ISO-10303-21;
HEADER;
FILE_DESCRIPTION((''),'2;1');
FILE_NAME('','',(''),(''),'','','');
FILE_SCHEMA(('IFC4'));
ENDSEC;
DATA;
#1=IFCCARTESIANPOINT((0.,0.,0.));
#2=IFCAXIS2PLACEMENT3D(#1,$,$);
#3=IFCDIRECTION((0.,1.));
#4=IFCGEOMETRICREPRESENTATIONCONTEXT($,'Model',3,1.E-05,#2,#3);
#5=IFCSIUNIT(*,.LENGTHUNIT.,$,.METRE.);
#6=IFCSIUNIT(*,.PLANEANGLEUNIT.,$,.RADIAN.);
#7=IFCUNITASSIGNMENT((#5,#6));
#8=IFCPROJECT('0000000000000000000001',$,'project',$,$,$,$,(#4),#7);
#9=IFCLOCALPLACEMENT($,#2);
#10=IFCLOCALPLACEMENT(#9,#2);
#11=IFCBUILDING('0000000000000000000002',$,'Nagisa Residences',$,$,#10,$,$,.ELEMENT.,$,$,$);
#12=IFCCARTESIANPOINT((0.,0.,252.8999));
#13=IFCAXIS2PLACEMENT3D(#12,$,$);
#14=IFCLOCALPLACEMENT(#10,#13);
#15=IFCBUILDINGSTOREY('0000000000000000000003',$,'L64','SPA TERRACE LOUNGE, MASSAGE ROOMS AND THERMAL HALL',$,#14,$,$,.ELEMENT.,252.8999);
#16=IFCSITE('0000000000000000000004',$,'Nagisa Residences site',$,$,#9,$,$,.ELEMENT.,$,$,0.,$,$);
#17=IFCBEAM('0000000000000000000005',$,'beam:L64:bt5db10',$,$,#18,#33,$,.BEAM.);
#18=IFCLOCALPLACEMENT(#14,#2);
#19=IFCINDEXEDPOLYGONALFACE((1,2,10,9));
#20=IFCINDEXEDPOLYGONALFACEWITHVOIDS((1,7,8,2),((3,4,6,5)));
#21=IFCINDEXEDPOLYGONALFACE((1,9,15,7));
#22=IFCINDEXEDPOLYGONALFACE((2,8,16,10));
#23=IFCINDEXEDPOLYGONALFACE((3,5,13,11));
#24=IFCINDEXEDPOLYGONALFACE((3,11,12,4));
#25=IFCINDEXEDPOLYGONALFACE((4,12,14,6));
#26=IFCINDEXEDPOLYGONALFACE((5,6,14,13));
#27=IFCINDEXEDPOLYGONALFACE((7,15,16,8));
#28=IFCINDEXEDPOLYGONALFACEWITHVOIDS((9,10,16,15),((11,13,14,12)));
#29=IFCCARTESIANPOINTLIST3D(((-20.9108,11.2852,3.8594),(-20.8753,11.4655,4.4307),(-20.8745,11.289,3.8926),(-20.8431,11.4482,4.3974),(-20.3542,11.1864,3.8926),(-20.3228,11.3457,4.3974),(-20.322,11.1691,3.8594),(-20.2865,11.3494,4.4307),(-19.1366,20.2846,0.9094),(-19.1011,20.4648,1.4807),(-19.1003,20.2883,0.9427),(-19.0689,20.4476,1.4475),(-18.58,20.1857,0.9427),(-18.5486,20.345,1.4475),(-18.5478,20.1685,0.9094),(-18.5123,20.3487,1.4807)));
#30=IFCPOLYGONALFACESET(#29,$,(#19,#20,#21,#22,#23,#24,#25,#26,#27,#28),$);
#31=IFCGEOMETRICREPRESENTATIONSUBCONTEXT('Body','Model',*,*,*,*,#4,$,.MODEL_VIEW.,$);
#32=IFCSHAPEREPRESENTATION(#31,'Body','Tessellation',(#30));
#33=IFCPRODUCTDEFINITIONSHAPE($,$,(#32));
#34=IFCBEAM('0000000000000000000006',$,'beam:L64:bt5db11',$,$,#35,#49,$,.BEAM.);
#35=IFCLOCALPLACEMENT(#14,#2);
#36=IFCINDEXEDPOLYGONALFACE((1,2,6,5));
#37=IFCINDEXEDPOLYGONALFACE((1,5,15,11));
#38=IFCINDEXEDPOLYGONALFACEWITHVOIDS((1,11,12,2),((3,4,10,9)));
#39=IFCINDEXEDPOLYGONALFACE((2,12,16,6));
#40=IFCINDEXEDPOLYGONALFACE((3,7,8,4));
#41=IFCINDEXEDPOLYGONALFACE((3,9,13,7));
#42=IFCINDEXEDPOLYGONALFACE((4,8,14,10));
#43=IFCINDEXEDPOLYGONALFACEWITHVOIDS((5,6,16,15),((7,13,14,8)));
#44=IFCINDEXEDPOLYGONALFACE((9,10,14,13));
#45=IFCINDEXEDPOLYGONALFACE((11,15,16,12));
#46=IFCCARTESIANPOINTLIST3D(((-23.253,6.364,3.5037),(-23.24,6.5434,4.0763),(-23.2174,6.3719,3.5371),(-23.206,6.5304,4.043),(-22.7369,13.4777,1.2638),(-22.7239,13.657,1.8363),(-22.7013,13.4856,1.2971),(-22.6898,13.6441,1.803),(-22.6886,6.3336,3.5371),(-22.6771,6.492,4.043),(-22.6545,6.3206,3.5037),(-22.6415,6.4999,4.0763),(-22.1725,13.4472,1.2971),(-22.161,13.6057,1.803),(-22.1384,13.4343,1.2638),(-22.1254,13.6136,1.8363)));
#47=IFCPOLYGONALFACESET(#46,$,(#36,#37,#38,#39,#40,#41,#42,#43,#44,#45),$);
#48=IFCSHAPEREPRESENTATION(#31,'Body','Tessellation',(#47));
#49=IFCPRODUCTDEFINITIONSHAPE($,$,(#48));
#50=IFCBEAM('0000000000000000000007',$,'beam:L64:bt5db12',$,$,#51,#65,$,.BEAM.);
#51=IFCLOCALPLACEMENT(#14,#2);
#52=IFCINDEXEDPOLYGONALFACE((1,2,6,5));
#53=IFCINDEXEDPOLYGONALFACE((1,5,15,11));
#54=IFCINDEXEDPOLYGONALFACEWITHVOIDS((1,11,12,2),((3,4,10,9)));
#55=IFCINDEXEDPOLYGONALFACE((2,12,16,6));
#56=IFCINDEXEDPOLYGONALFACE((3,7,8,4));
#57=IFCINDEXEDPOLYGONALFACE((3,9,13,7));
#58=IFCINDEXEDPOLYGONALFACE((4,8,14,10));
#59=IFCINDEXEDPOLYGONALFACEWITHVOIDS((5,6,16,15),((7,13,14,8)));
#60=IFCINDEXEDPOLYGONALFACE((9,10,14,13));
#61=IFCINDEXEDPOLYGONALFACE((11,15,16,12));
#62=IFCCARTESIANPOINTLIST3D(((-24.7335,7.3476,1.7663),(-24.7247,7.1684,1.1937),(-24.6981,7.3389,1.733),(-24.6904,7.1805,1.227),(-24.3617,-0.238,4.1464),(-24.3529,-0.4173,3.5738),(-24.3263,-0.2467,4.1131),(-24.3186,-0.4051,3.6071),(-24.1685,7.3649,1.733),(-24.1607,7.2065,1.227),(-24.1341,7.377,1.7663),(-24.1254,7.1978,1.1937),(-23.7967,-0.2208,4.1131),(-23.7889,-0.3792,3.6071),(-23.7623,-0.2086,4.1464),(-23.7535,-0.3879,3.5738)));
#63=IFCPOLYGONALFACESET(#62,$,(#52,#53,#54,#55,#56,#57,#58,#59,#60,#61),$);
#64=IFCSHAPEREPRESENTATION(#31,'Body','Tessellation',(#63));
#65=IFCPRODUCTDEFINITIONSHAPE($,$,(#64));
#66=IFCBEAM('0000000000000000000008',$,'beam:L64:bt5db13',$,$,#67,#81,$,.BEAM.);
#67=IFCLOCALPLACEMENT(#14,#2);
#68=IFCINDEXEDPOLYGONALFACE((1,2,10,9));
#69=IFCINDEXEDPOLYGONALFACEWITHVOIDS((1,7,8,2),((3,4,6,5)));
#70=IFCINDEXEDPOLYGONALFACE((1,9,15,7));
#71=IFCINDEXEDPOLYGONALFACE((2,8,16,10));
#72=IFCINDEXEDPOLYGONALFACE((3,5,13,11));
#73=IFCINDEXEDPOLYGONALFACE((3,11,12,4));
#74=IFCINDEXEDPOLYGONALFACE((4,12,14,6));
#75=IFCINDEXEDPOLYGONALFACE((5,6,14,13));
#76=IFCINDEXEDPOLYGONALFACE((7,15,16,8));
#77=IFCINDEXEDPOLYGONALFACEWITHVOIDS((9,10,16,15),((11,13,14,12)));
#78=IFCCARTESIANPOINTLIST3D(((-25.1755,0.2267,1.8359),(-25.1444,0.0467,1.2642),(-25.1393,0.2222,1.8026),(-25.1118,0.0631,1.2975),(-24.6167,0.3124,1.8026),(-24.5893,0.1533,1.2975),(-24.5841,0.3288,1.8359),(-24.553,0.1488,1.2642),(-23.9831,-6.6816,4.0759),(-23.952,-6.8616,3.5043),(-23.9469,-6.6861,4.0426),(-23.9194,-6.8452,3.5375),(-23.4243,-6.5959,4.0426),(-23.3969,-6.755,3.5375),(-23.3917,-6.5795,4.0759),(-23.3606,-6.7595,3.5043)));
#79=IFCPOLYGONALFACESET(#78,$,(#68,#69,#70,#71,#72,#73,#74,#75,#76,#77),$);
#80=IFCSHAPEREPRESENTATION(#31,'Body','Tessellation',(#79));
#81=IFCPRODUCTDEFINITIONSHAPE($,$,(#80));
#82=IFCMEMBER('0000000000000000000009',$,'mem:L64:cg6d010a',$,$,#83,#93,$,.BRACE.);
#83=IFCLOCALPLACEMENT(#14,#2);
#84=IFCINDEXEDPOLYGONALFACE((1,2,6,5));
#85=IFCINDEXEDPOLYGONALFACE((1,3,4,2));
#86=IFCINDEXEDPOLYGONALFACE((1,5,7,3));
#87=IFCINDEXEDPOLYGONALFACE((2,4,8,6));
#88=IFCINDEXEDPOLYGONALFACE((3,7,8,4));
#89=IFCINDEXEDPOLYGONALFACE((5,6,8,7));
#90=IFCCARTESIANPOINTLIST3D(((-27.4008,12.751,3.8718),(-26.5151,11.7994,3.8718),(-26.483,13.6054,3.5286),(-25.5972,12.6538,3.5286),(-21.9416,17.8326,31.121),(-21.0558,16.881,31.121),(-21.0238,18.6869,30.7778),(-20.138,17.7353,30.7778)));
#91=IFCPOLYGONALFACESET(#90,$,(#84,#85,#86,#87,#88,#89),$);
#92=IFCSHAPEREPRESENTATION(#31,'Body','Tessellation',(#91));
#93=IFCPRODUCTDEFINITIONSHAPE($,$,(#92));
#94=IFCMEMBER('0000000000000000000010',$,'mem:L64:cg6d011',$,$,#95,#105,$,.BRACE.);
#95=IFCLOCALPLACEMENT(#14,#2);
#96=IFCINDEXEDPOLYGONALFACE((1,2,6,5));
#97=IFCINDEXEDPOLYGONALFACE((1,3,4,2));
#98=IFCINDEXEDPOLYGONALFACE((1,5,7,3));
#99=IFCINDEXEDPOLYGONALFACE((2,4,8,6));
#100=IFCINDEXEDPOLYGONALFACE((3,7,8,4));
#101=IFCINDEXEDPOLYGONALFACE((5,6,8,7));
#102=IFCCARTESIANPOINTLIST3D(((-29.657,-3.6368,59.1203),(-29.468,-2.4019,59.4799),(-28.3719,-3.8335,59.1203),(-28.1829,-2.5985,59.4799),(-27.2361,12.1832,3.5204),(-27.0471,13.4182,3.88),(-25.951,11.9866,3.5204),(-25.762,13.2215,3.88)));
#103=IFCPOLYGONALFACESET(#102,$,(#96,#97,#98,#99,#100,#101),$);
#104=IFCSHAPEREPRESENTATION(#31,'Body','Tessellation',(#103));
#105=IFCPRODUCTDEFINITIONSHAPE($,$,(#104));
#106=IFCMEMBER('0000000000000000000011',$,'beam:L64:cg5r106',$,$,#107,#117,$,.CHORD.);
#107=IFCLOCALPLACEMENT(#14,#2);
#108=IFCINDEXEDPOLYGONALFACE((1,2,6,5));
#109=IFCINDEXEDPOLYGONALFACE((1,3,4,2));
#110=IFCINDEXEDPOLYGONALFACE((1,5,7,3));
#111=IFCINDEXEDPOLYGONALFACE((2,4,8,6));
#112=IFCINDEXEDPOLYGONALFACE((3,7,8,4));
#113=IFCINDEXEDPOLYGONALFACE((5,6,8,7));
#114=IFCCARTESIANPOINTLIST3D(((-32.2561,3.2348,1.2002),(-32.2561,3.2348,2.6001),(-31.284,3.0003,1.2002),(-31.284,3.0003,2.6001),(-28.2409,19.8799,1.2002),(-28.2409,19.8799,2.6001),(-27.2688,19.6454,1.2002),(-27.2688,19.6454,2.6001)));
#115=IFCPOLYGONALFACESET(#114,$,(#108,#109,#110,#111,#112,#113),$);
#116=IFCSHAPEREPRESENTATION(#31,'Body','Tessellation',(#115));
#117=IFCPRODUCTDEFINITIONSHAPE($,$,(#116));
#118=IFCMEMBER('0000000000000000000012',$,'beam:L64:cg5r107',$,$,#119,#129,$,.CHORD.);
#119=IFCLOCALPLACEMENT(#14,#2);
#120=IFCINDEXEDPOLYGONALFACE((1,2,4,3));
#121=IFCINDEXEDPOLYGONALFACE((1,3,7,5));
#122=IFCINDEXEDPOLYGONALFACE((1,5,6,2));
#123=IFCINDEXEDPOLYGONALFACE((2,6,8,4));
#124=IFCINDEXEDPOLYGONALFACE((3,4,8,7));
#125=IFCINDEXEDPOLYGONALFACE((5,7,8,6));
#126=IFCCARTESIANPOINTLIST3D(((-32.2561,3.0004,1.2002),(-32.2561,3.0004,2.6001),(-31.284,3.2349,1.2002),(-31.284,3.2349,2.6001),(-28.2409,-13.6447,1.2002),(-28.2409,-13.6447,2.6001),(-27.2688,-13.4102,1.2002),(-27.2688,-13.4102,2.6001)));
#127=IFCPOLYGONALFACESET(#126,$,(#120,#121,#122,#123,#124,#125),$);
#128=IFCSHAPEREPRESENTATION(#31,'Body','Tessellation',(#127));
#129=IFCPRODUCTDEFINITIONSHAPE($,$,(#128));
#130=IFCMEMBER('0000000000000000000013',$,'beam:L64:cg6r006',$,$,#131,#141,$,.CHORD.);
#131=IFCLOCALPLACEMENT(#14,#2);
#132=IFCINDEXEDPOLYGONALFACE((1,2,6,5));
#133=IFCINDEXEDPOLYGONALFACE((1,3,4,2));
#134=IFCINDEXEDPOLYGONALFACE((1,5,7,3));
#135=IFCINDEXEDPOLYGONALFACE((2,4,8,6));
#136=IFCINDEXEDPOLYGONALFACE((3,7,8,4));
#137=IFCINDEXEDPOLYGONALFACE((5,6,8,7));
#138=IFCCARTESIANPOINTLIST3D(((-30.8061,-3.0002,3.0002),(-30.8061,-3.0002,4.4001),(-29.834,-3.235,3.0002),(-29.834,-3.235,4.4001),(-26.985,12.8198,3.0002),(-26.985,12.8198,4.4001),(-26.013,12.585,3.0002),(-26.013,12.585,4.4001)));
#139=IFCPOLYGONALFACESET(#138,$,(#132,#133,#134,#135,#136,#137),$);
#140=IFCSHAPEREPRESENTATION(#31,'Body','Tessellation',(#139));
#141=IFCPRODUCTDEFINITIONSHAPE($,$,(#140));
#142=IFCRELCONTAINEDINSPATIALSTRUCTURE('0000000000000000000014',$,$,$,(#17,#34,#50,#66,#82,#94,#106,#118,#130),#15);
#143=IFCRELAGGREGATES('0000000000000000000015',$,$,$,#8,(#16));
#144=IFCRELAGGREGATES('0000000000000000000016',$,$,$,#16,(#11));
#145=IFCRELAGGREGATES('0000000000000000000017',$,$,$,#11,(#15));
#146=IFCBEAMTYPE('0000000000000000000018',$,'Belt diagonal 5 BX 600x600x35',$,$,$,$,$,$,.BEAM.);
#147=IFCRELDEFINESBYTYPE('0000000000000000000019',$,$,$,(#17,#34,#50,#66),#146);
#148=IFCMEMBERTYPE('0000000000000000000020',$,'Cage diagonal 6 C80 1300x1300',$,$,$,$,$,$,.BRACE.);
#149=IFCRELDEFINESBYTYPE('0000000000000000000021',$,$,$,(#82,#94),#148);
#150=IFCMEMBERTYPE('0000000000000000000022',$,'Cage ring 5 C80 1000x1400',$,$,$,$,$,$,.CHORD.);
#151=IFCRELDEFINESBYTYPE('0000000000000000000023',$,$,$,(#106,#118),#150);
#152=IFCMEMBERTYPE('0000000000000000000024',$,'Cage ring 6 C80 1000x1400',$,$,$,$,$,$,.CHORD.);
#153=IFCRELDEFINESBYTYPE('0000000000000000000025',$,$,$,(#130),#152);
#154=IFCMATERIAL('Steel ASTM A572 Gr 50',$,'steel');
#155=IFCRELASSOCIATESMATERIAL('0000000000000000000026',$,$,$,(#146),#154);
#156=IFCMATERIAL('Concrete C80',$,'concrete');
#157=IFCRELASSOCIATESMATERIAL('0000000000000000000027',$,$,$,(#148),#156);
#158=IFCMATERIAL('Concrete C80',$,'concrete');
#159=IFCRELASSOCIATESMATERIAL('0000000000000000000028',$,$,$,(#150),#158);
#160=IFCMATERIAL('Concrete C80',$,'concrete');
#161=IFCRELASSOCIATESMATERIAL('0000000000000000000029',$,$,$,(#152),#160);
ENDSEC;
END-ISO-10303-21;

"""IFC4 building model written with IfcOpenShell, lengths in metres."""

from ifc_helpers import new_model, si_unit, direction, frame, origin, origin_2d, place, context, subcontext, project, spatial, rectangle, hollow_rectangle, extrude, material, material_profile, profile_set, type_object, element, save


model = new_model("IFC4")

# Units and contexts
model_context = context("Model", 3, precision=1e-05, world=origin(), true_north=direction((0.0, 1.0)))
body_context = subcontext(model_context, "Body", "Model", "MODEL_VIEW")
ifc_project = project(units=[si_unit("LENGTHUNIT", "METRE"), si_unit("PLANEANGLEUNIT", "RADIAN")], contexts=[model_context])

# Site, building, storey
site_placement = place(None, origin())
site = spatial("IfcSite", under=ifc_project, at=site_placement, Name="Nagisa Residences site", CompositionType="ELEMENT", RefElevation=0.0)
building_placement = place(site_placement, origin())
building = spatial("IfcBuilding", under=site, at=building_placement, Name="Nagisa Residences", CompositionType="ELEMENT")
storey_placement = place(building_placement, frame((0.0, 0.0, 252.8999)))
storey = spatial("IfcBuildingStorey", under=building, at=storey_placement, Name="L64", Description="SPA TERRACE LOUNGE, MASSAGE ROOMS AND THERMAL HALL", CompositionType="ELEMENT", Elevation=252.8999)

# Beams
ifc_material_1 = material(Name="Steel ASTM A572 Gr 50", Category="steel")
ifc_material_profile_1 = material_profile(ifc_material_1, hollow_rectangle(XDim=0.6001, YDim=0.6001, WallThickness=0.0349, at=origin_2d()), Name="BX 600x600x35")
ifc_profile_set_1 = profile_set([ifc_material_profile_1], Name="Steel ASTM A572 Gr 50")
beam_type = type_object("IfcBeamType", Name="Belt diagonal 5 BX 600x600x35", PredefinedType="BEAM", material=ifc_profile_set_1)
beam_1_placement = place(storey_placement, frame((-18.8245, 20.3167, 1.1951), z_axis=(-0.184135, -0.934001, 0.306165), x_axis=(0.981115, -0.193423, 0.0)))
element("IfcBeam", 1, at=beam_1_placement, inside=storey, type_object=beam_type, Name="beam:L64:bt5db10", PredefinedType="BEAM", context=body_context, shape_type="SweptSolid", body=[
    extrude(hollow_rectangle(XDim=0.6001, YDim=0.6001, WallThickness=0.0349, at=origin_2d()), origin(), (0.0, 0.0, 1.0), 9.6353),
])
beam_2_placement = place(storey_placement, frame((-22.4312, 13.5457, 1.55), z_axis=(-0.069037, -0.951555, 0.299627), x_axis=(0.997378, -0.072361, 0.0)))
element("IfcBeam", 2, at=beam_2_placement, inside=storey, type_object=beam_type, Name="beam:L64:bt5db11", PredefinedType="BEAM", context=body_context, shape_type="SweptSolid", body=[
    extrude(hollow_rectangle(XDim=0.6001, YDim=0.6001, WallThickness=0.0349, at=origin_2d()), origin(), (0.0, 0.0, 1.0), 7.4758),
])
beam_3_placement = place(storey_placement, frame((-24.4294, 7.2727, 1.48), z_axis=(0.046718, -0.953094, 0.299048), x_axis=(0.998801, 0.048958, 0.0)))
element("IfcBeam", 3, at=beam_3_placement, inside=storey, type_object=beam_type, Name="beam:L64:bt5db12", PredefinedType="BEAM", context=body_context, shape_type="SweptSolid", body=[
    extrude(hollow_rectangle(XDim=0.6001, YDim=0.6001, WallThickness=0.0349, at=origin_2d()), origin(), (0.0, 0.0, 1.0), 7.959),
])
beam_4_placement = place(storey_placement, frame((-24.8643, 0.1877, 1.55), z_axis=(0.162019, -0.938675, 0.304366), x_axis=(0.985429, 0.170089, 0.0)))
element("IfcBeam", 4, at=beam_4_placement, inside=storey, type_object=beam_type, Name="beam:L64:bt5db13", PredefinedType="BEAM", context=body_context, shape_type="SweptSolid", body=[
    extrude(hollow_rectangle(XDim=0.6001, YDim=0.6001, WallThickness=0.0349, at=origin_2d()), origin(), (0.0, 0.0, 1.0), 7.3596),
])

# Members
ifc_material_2 = material(Name="Concrete C80", Category="concrete")
ifc_material_profile_2 = material_profile(ifc_material_2, rectangle(XDim=1.3, YDim=1.3, at=origin_2d()), Name="C80 1300x1300")
ifc_profile_set_2 = profile_set([ifc_material_profile_2], Name="Concrete C80")
member_type_1 = type_object("IfcMemberType", Name="Cage diagonal 6 C80 1300x1300", PredefinedType="BRACE", material=ifc_profile_set_2)
member_1_placement = place(storey_placement, frame((-26.499, 12.7024, 3.7002), z_axis=(0.193237, 0.179868, 0.964524), x_axis=(-0.681333, 0.731973, 0.0)))
element("IfcMember", 5, at=member_1_placement, inside=storey, type_object=member_type_1, Name="mem:L64:cg6d010a", PredefinedType="BRACE", context=body_context, shape_type="SweptSolid", body=[
    extrude(rectangle(XDim=1.3, YDim=1.3, at=origin_2d()), origin(), (0.0, 0.0, 1.0), 28.2515),
])
member_2_placement = place(storey_placement, frame((-26.499, 12.7024, 3.7002), z_axis=(-0.041843, -0.273432, 0.960981), x_axis=(0.988493, -0.151266, 0.0)))
element("IfcMember", 6, at=member_2_placement, inside=storey, type_object=member_type_1, Name="mem:L64:cg6d011", PredefinedType="BRACE", context=body_context, shape_type="SweptSolid", body=[
    extrude(rectangle(XDim=1.3, YDim=1.3, at=origin_2d()), origin(), (0.0, 0.0, 1.0), 57.8574),
])
ifc_material_3 = material(Name="Concrete C80", Category="concrete")
ifc_material_profile_3 = material_profile(ifc_material_3, rectangle(XDim=1.0, YDim=1.3999, at=origin_2d()), Name="C80 1000x1400")
ifc_profile_set_3 = profile_set([ifc_material_profile_3], Name="Concrete C80")
member_type_2 = type_object("IfcMemberType", Name="Cage ring 5 C80 1000x1400", PredefinedType="CHORD", material=ifc_profile_set_3)
for number, where, z_axis, x_axis, name in (
    (7, (-27.7549, 19.7627, 1.9001), (-0.234496, -0.972117, 0.0), (0.972117, -0.234496, 0.0), "beam:L64:cg5r106"),
    (8, (-31.77, 3.1177, 1.9001), (0.234496, -0.972117, 0.0), (0.972117, 0.234496, 0.0), "beam:L64:cg5r107"),
):
    element("IfcMember", number, at=place(storey_placement, frame(where, z_axis=z_axis, x_axis=x_axis)), inside=storey, type_object=member_type_2, Name=name, PredefinedType="CHORD", context=body_context, shape_type="SweptSolid", body=[
        extrude(rectangle(XDim=1.0, YDim=1.3999, at=origin_2d()), origin(), (0.0, 0.0, 1.0), 17.1226),
    ])
ifc_material_4 = material(Name="Concrete C80", Category="concrete")
ifc_material_profile_4 = material_profile(ifc_material_4, rectangle(XDim=1.0, YDim=1.3999, at=origin_2d()), Name="C80 1000x1400")
ifc_profile_set_4 = profile_set([ifc_material_profile_4], Name="Concrete C80")
member_type_3 = type_object("IfcMemberType", Name="Cage ring 6 C80 1000x1400", PredefinedType="CHORD", material=ifc_profile_set_4)
member_3_placement = place(storey_placement, frame((-26.499, 12.7024, 3.7002), z_axis=(-0.23478, -0.972048, 0.0), x_axis=(0.972048, -0.23478, 0.0)))
element("IfcMember", 9, at=member_3_placement, inside=storey, type_object=member_type_3, Name="beam:L64:cg6r006", PredefinedType="CHORD", context=body_context, shape_type="SweptSolid", body=[
    extrude(rectangle(XDim=1.0, YDim=1.3999, at=origin_2d()), origin(), (0.0, 0.0, 1.0), 16.2749),
])

save(model, "model.ifc")
